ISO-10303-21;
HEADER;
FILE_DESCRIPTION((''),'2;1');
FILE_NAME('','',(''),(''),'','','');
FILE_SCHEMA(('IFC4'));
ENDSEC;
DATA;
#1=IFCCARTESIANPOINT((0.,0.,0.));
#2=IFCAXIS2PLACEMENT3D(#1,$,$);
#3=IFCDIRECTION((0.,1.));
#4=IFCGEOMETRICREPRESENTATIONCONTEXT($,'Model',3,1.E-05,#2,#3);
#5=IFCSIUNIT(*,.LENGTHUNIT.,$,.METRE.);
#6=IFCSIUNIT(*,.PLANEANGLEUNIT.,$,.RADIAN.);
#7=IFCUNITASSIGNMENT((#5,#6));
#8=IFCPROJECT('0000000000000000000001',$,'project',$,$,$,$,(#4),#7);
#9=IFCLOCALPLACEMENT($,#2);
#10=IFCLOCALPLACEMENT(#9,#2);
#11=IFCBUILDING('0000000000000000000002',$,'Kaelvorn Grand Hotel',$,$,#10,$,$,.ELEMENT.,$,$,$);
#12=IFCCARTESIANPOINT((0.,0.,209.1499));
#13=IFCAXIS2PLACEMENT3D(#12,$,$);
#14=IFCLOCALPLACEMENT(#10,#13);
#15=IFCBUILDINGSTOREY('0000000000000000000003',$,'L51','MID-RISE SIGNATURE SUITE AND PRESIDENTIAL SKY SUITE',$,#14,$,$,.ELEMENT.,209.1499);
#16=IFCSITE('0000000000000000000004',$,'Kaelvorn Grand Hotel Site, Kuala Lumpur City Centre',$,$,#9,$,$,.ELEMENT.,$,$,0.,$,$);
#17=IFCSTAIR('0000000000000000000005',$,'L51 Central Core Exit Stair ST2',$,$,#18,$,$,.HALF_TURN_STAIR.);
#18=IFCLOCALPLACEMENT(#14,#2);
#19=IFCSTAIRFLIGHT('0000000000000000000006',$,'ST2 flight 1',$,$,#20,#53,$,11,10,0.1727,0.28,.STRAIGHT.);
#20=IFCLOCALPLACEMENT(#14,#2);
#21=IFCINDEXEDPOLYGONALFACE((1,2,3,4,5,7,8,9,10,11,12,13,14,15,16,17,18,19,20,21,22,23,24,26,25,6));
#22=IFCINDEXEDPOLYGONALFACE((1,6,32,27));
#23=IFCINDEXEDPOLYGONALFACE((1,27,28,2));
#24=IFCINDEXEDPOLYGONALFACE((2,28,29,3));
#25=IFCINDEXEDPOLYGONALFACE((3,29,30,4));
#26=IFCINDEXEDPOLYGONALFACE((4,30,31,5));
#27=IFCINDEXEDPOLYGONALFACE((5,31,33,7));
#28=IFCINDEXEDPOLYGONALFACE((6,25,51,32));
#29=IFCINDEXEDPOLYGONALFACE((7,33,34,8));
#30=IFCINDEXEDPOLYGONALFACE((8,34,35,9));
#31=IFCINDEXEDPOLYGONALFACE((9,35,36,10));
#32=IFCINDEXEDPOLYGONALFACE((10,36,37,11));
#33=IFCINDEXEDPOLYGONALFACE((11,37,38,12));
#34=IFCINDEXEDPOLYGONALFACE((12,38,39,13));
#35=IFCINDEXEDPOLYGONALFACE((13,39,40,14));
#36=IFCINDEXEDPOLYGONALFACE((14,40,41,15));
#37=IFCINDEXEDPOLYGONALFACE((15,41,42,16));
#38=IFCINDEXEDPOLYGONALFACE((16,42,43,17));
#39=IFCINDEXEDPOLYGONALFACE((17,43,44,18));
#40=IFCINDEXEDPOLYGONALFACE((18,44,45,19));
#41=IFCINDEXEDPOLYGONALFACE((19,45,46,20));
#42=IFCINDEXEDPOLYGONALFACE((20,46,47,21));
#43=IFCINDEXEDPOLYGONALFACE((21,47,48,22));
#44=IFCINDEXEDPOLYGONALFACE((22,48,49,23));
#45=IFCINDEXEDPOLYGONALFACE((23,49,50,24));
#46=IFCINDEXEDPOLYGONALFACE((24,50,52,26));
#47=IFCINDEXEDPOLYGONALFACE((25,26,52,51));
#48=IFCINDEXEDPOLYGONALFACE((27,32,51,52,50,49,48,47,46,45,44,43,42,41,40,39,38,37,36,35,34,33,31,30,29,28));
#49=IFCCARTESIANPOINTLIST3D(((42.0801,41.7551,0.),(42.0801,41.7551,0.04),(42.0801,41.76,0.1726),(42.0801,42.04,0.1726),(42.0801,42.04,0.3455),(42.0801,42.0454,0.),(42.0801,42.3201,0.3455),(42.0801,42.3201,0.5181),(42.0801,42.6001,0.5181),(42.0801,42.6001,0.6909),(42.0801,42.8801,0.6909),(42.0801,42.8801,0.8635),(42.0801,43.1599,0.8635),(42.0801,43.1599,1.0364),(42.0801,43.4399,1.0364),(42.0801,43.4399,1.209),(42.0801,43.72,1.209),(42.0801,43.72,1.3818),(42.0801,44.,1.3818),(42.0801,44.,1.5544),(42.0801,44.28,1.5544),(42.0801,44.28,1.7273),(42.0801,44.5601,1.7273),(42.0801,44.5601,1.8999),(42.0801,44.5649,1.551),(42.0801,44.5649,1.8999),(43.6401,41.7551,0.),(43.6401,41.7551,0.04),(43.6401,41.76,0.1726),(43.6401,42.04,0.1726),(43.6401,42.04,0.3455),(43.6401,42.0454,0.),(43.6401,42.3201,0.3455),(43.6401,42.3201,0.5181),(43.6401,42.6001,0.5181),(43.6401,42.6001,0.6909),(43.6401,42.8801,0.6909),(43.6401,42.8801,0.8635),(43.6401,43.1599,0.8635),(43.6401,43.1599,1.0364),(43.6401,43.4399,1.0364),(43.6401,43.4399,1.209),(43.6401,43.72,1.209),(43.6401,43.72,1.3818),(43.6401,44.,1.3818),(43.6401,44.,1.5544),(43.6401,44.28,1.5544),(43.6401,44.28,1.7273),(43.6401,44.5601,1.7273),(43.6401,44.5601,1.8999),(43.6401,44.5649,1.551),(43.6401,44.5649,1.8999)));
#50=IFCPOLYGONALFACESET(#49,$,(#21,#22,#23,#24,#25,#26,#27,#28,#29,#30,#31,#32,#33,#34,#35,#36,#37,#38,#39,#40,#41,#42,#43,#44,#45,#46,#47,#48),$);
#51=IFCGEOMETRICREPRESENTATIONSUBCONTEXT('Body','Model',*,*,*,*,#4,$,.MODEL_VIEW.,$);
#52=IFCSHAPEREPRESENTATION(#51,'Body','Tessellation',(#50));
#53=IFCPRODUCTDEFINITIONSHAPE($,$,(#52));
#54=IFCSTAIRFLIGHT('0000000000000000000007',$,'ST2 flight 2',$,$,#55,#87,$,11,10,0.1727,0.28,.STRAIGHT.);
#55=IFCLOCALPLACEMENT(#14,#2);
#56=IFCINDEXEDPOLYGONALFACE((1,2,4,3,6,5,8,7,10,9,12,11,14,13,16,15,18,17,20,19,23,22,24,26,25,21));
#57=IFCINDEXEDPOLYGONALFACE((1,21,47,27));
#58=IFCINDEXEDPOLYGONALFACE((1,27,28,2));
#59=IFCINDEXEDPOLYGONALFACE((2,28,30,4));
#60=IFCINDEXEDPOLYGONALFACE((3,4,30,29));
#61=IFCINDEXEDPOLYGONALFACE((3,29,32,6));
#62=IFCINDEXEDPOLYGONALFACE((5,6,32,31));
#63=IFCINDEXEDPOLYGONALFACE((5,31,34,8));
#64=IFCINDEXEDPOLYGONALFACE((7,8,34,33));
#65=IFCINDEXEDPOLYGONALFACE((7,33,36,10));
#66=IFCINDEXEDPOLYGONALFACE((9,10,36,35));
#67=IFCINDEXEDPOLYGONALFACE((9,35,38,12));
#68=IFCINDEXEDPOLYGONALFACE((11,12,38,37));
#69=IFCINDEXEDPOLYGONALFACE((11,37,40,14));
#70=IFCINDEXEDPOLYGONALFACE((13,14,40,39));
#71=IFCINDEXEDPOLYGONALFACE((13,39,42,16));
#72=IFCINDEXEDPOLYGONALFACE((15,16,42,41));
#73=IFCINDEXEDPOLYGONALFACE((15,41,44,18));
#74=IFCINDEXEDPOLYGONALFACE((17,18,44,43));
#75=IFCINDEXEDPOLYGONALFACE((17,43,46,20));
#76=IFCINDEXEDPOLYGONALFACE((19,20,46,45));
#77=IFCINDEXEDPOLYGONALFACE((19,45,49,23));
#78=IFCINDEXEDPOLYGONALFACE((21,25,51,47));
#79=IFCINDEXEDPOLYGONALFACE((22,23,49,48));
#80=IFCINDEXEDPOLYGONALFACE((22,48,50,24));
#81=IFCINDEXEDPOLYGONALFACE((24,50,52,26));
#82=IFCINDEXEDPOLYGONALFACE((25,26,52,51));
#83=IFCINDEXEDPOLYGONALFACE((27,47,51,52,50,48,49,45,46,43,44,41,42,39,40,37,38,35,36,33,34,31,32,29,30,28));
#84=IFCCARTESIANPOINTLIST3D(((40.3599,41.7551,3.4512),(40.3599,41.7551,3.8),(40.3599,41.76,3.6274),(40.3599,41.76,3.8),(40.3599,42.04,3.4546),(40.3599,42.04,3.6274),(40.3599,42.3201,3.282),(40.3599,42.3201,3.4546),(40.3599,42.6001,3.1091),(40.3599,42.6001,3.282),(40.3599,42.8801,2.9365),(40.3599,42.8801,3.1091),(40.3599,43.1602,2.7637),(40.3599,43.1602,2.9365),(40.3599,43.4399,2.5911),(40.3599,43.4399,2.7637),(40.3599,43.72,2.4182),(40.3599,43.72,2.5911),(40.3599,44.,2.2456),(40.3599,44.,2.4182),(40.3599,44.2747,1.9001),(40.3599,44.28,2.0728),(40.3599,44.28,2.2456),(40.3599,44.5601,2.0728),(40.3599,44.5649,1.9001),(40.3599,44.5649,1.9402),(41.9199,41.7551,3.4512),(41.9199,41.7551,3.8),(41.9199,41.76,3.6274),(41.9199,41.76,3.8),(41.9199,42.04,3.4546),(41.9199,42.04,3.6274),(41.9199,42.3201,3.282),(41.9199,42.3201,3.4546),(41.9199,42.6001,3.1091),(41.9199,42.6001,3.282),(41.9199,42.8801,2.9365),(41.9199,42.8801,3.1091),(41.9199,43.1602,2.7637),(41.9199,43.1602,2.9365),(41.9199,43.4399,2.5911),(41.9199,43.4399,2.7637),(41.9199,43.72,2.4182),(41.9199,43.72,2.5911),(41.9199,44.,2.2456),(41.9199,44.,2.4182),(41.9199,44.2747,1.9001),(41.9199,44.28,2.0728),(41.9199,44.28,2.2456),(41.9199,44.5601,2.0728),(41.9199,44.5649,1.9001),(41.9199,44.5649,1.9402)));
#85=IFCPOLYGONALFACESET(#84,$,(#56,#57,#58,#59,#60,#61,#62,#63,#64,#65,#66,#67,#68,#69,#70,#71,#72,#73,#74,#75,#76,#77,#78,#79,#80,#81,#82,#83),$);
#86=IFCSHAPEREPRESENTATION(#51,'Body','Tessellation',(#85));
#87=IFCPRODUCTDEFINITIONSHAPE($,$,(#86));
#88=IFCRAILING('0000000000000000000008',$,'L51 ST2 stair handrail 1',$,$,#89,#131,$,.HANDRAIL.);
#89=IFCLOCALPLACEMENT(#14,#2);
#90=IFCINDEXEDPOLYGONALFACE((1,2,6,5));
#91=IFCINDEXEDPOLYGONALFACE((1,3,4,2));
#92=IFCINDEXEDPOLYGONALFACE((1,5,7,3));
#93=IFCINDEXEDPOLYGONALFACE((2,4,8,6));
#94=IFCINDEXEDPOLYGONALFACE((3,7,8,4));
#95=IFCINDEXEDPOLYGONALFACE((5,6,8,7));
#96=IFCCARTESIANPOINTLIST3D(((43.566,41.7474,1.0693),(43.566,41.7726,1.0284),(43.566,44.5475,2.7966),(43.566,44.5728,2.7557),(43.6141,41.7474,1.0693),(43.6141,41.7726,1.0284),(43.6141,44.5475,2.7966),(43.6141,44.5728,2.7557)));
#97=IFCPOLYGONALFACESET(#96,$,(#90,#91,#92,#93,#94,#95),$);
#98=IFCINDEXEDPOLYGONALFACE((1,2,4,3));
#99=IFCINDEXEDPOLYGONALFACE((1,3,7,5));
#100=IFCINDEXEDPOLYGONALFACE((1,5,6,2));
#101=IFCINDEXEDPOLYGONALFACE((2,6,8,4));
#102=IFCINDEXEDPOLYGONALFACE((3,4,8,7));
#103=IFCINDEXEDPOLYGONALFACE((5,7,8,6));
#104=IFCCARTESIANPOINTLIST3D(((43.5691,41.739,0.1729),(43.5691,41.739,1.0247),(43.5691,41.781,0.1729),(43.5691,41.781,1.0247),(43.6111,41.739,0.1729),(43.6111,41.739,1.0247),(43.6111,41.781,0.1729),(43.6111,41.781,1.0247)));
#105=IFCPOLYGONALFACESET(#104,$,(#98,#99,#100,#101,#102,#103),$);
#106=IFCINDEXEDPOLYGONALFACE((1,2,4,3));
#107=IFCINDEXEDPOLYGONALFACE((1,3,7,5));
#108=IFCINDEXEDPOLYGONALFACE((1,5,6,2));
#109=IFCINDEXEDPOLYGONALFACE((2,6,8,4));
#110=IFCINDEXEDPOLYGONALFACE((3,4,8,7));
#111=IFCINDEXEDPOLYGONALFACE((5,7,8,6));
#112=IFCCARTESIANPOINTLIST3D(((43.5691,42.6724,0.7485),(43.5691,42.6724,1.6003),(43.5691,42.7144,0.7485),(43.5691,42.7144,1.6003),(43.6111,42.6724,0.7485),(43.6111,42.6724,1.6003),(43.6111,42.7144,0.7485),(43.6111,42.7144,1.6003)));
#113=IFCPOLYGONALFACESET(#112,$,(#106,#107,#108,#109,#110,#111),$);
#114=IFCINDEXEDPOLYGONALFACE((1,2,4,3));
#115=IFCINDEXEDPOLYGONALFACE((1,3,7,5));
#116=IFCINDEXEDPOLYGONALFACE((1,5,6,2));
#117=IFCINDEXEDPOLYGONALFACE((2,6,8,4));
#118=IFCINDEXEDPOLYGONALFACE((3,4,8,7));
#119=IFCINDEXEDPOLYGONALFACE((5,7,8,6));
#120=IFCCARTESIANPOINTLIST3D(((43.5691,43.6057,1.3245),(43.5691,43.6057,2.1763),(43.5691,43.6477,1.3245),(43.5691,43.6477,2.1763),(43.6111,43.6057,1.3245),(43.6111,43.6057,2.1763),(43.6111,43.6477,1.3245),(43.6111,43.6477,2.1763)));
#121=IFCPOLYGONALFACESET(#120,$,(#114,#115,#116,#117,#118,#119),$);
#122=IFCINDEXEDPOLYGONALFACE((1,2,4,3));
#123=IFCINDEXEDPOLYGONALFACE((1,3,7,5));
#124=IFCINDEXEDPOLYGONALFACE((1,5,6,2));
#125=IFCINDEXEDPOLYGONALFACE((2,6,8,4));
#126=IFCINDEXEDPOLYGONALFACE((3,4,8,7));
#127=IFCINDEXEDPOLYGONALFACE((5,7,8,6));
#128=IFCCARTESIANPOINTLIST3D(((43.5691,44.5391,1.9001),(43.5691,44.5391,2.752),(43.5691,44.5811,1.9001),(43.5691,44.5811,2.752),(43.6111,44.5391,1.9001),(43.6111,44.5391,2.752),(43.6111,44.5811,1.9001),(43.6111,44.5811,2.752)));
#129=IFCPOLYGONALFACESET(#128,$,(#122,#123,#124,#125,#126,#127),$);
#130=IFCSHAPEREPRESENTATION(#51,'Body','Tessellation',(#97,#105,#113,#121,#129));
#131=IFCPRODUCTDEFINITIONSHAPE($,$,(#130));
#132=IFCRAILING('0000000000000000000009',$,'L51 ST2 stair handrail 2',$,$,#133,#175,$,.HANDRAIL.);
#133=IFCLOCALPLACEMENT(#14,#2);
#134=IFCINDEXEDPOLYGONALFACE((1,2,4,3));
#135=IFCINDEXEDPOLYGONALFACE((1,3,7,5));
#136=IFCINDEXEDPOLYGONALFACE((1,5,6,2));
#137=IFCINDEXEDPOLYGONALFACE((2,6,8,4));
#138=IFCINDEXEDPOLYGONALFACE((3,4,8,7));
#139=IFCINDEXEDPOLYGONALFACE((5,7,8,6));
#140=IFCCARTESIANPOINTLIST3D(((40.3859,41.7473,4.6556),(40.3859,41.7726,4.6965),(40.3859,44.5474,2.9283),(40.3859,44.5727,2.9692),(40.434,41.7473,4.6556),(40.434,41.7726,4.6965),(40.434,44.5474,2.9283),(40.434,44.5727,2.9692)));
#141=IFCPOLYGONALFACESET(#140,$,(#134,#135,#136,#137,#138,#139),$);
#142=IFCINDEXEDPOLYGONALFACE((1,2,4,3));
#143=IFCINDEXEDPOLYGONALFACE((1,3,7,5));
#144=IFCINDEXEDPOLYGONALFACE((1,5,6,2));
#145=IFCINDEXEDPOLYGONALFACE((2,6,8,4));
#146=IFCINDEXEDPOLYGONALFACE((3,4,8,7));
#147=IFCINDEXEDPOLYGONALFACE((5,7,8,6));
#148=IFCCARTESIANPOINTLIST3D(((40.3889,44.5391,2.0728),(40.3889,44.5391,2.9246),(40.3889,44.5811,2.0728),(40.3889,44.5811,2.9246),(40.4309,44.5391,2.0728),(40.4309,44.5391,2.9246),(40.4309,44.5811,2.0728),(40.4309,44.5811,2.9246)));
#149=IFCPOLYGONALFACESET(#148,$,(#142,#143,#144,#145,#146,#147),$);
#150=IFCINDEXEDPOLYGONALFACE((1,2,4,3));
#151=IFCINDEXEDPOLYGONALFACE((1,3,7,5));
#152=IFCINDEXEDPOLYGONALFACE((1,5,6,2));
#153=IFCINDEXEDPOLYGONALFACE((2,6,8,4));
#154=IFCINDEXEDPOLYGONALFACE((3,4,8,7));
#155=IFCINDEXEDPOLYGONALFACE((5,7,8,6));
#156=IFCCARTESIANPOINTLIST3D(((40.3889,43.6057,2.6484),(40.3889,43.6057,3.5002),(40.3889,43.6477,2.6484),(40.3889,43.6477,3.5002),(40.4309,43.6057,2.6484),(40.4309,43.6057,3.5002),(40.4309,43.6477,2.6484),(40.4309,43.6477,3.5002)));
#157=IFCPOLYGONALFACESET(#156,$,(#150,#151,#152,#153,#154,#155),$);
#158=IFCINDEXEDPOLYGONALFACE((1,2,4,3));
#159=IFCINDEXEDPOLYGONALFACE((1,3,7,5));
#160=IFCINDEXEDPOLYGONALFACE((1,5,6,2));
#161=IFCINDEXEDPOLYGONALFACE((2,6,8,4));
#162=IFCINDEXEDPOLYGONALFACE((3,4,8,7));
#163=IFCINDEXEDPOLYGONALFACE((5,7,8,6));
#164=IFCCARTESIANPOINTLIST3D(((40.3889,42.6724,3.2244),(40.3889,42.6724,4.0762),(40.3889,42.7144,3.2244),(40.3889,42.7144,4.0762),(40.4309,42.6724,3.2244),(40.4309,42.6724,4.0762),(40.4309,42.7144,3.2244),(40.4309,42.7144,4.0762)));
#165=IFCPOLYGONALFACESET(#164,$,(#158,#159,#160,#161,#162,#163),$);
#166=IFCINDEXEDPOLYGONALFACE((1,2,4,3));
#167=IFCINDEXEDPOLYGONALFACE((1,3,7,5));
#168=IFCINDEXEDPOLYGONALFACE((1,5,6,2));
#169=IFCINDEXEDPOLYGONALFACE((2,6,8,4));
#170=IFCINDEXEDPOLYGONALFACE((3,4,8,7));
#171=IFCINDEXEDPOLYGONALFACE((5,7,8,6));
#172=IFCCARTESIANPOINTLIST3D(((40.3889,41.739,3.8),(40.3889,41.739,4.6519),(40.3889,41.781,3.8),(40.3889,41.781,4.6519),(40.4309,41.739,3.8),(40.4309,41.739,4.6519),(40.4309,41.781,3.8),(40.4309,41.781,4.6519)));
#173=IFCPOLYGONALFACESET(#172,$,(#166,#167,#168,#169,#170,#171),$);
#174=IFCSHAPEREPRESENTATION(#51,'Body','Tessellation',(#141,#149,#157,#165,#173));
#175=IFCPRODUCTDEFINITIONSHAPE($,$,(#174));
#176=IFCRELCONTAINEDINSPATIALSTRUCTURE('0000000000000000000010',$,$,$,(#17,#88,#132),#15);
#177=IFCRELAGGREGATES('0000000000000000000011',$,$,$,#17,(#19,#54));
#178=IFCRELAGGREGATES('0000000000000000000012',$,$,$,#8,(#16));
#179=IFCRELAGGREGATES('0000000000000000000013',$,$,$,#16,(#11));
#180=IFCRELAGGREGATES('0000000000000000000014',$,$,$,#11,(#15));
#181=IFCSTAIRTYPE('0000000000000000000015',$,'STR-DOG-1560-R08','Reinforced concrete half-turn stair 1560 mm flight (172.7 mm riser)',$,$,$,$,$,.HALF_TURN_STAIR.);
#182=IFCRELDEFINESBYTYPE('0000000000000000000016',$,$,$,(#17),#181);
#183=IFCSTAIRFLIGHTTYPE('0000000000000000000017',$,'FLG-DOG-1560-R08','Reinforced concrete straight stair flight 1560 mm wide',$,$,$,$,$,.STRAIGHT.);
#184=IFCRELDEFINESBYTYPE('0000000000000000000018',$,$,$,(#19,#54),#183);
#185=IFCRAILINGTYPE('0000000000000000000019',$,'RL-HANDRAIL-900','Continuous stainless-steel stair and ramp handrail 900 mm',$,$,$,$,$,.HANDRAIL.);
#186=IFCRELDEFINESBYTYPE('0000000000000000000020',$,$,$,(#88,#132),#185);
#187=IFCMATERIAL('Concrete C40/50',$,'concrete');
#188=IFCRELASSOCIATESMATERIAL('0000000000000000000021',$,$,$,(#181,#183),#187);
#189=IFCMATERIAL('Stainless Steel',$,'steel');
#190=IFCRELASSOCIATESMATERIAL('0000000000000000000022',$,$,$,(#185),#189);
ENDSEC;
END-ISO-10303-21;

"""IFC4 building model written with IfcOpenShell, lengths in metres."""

from ifc_helpers import new_model, si_unit, direction, frame, origin, origin_2d, place, context, subcontext, project, spatial, polyline, rectangle, outline, extrude, material, type_object, element, aggregate, save


model = new_model("IFC4")

# Units and contexts
model_context = context("Model", 3, precision=1e-05, world=origin(), true_north=direction((0.0, 1.0)))
body_context = subcontext(model_context, "Body", "Model", "MODEL_VIEW")
ifc_project = project(units=[si_unit("LENGTHUNIT", "METRE"), si_unit("PLANEANGLEUNIT", "RADIAN")], contexts=[model_context])

# Site, building, storey
site_placement = place(None, origin())
site = spatial("IfcSite", under=ifc_project, at=site_placement, Name="Kaelvorn Grand Hotel Site, Kuala Lumpur City Centre", CompositionType="ELEMENT", RefElevation=0.0)
building_placement = place(site_placement, origin())
building = spatial("IfcBuilding", under=site, at=building_placement, Name="Kaelvorn Grand Hotel", CompositionType="ELEMENT")
storey_placement = place(building_placement, frame((0.0, 0.0, 209.1499)))
storey = spatial("IfcBuildingStorey", under=building, at=storey_placement, Name="L51", Description="MID-RISE SIGNATURE SUITE AND PRESIDENTIAL SKY SUITE", CompositionType="ELEMENT", Elevation=209.1499)

# Shared definitions
ifc_material_1 = material(Name="Concrete C40/50", Category="concrete")

# Stair, stair flights
stair_type = type_object("IfcStairType", Name="STR-DOG-1560-R08", Description="Reinforced concrete half-turn stair 1560 mm flight (172.7 mm riser)", PredefinedType="HALF_TURN_STAIR", material=ifc_material_1)
stair_placement = place(storey_placement, origin())
stair = element("IfcStair", 1, at=stair_placement, inside=storey, type_object=stair_type, Name="L51 Central Core Exit Stair ST2", PredefinedType="HALF_TURN_STAIR")
stair_flight_type = type_object("IfcStairFlightType", Name="FLG-DOG-1560-R08", Description="Reinforced concrete straight stair flight 1560 mm wide", PredefinedType="STRAIGHT", material=ifc_material_1)
stair_flight_1_placement = place(storey_placement, frame((42.8601, 41.76, 0.0), z_axis=(0.0, 0.0, 1.0), x_axis=(0.0, 1.0, 0.0)))
stair_flight_1 = element("IfcStairFlight", 2, at=stair_flight_1_placement, type_object=stair_flight_type, Name="ST2 flight 1", NumberOfRisers=11, NumberOfTreads=10, PredefinedType="STRAIGHT", RiserHeight=0.1727, TreadLength=0.28, context=body_context, shape_type="SweptSolid", body=[
    extrude(outline(polyline([(-0.0049, 0.0), (-0.0049, 0.04), (0.0, 0.1726), (0.28, 0.1726), (0.28, 0.3455), (0.5601, 0.3455), (0.5601, 0.5181), (0.8401, 0.5181), (0.8401, 0.6909), (1.1201, 0.6909), (1.1201, 0.8635), (1.3999, 0.8635), (1.3999, 1.0364), (1.6799, 1.0364), (1.6799, 1.209), (1.96, 1.209), (1.96, 1.3818), (2.24, 1.3818), (2.24, 1.5544), (2.52, 1.5544), (2.52, 1.7273), (2.8, 1.7273), (2.8, 1.8999), (2.8049, 1.8999), (2.8049, 1.551), (0.2854, 0.0), (-0.0049, 0.0)])), frame((0.0, 0.78, 0.0), z_axis=(0.0, -1.0, 0.0), x_axis=(1.0, 0.0, 0.0)), (0.0, 0.0, 1.0), 1.5601),
])
stair_flight_2_placement = place(storey_placement, frame((41.1399, 44.5601, 1.9001), z_axis=(0.0, 0.0, 1.0), x_axis=(0.0, -1.0, 0.0)))
stair_flight_2 = element("IfcStairFlight", 3, at=stair_flight_2_placement, type_object=stair_flight_type, Name="ST2 flight 2", NumberOfRisers=11, NumberOfTreads=10, PredefinedType="STRAIGHT", RiserHeight=0.1727, TreadLength=0.28, context=body_context, shape_type="SweptSolid", body=[
    extrude(outline(polyline([(-0.0049, 0.0), (-0.0049, 0.04), (0.0, 0.1726), (0.28, 0.1726), (0.28, 0.3455), (0.5601, 0.3455), (0.5601, 0.5181), (0.8401, 0.5181), (0.8401, 0.6909), (1.1201, 0.6909), (1.1201, 0.8635), (1.3999, 0.8635), (1.3999, 1.0364), (1.6799, 1.0364), (1.6799, 1.209), (1.96, 1.209), (1.96, 1.3818), (2.24, 1.3818), (2.24, 1.5544), (2.52, 1.5544), (2.52, 1.7273), (2.8, 1.7273), (2.8, 1.8999), (2.8049, 1.8999), (2.8049, 1.551), (0.2854, 0.0), (-0.0049, 0.0)])), frame((0.0, 0.78, 0.0), z_axis=(0.0, -1.0, 0.0), x_axis=(1.0, 0.0, 0.0)), (0.0, 0.0, 1.0), 1.5601),
])
aggregate(stair, [stair_flight_1, stair_flight_2])

# Railings
ifc_material_2 = material(Name="Stainless Steel", Category="steel")
railing_type_1 = type_object("IfcRailingType", Name="RL-HANDRAIL-900", Description="Continuous stainless-steel stair and ramp handrail 900 mm", PredefinedType="HANDRAIL", material=ifc_material_2)
railing_1_placement = place(storey_placement, frame((43.5901, 41.76, 0.1729)))
element("IfcRailing", 4, at=railing_1_placement, inside=storey, type_object=railing_type_1, Name="L51 ST2 stair handrail 1", PredefinedType="HANDRAIL", context=body_context, shape_type="SweptSolid", body=[
    extrude(rectangle(XDim=0.0481, YDim=0.0481, at=origin_2d()), frame((0.0, 0.0, 0.876), z_axis=(0.0, 0.85109, 0.52502), x_axis=(-1.0, 0.0, 0.0)), (0.0, 0.0, 1.0), 3.29),
    extrude(rectangle(XDim=0.042, YDim=0.042, at=origin_2d()), origin(), (0.0, 0.0, 1.0), 0.8518),
    extrude(rectangle(XDim=0.042, YDim=0.042, at=origin_2d()), frame((0.0, 0.9333, 0.5757)), (0.0, 0.0, 1.0), 0.8518),
    extrude(rectangle(XDim=0.042, YDim=0.042, at=origin_2d()), frame((0.0, 1.8667, 1.1516)), (0.0, 0.0, 1.0), 0.8518),
    extrude(rectangle(XDim=0.042, YDim=0.042, at=origin_2d()), frame((0.0, 2.8, 1.7273)), (0.0, 0.0, 1.0), 0.8518),
])
railing_2_placement = place(storey_placement, frame((40.4099, 44.5601, 2.0728)))
element("IfcRailing", 5, at=railing_2_placement, inside=storey, type_object=railing_type_1, Name="L51 ST2 stair handrail 2", PredefinedType="HANDRAIL", context=body_context, shape_type="SweptSolid", body=[
    extrude(rectangle(XDim=0.0481, YDim=0.0481, at=origin_2d()), frame((0.0, 0.0, 0.876), z_axis=(0.0, -0.85109, 0.52502), x_axis=(1.0, 0.0, 0.0)), (0.0, 0.0, 1.0), 3.29),
    extrude(rectangle(XDim=0.042, YDim=0.042, at=origin_2d()), origin(), (0.0, 0.0, 1.0), 0.8518),
    extrude(rectangle(XDim=0.042, YDim=0.042, at=origin_2d()), frame((0.0, -0.9333, 0.5757)), (0.0, 0.0, 1.0), 0.8518),
    extrude(rectangle(XDim=0.042, YDim=0.042, at=origin_2d()), frame((0.0, -1.8667, 1.1516)), (0.0, 0.0, 1.0), 0.8518),
    extrude(rectangle(XDim=0.042, YDim=0.042, at=origin_2d()), frame((0.0, -2.8, 1.7273)), (0.0, 0.0, 1.0), 0.8518),
])

save(model, "model.ifc")
